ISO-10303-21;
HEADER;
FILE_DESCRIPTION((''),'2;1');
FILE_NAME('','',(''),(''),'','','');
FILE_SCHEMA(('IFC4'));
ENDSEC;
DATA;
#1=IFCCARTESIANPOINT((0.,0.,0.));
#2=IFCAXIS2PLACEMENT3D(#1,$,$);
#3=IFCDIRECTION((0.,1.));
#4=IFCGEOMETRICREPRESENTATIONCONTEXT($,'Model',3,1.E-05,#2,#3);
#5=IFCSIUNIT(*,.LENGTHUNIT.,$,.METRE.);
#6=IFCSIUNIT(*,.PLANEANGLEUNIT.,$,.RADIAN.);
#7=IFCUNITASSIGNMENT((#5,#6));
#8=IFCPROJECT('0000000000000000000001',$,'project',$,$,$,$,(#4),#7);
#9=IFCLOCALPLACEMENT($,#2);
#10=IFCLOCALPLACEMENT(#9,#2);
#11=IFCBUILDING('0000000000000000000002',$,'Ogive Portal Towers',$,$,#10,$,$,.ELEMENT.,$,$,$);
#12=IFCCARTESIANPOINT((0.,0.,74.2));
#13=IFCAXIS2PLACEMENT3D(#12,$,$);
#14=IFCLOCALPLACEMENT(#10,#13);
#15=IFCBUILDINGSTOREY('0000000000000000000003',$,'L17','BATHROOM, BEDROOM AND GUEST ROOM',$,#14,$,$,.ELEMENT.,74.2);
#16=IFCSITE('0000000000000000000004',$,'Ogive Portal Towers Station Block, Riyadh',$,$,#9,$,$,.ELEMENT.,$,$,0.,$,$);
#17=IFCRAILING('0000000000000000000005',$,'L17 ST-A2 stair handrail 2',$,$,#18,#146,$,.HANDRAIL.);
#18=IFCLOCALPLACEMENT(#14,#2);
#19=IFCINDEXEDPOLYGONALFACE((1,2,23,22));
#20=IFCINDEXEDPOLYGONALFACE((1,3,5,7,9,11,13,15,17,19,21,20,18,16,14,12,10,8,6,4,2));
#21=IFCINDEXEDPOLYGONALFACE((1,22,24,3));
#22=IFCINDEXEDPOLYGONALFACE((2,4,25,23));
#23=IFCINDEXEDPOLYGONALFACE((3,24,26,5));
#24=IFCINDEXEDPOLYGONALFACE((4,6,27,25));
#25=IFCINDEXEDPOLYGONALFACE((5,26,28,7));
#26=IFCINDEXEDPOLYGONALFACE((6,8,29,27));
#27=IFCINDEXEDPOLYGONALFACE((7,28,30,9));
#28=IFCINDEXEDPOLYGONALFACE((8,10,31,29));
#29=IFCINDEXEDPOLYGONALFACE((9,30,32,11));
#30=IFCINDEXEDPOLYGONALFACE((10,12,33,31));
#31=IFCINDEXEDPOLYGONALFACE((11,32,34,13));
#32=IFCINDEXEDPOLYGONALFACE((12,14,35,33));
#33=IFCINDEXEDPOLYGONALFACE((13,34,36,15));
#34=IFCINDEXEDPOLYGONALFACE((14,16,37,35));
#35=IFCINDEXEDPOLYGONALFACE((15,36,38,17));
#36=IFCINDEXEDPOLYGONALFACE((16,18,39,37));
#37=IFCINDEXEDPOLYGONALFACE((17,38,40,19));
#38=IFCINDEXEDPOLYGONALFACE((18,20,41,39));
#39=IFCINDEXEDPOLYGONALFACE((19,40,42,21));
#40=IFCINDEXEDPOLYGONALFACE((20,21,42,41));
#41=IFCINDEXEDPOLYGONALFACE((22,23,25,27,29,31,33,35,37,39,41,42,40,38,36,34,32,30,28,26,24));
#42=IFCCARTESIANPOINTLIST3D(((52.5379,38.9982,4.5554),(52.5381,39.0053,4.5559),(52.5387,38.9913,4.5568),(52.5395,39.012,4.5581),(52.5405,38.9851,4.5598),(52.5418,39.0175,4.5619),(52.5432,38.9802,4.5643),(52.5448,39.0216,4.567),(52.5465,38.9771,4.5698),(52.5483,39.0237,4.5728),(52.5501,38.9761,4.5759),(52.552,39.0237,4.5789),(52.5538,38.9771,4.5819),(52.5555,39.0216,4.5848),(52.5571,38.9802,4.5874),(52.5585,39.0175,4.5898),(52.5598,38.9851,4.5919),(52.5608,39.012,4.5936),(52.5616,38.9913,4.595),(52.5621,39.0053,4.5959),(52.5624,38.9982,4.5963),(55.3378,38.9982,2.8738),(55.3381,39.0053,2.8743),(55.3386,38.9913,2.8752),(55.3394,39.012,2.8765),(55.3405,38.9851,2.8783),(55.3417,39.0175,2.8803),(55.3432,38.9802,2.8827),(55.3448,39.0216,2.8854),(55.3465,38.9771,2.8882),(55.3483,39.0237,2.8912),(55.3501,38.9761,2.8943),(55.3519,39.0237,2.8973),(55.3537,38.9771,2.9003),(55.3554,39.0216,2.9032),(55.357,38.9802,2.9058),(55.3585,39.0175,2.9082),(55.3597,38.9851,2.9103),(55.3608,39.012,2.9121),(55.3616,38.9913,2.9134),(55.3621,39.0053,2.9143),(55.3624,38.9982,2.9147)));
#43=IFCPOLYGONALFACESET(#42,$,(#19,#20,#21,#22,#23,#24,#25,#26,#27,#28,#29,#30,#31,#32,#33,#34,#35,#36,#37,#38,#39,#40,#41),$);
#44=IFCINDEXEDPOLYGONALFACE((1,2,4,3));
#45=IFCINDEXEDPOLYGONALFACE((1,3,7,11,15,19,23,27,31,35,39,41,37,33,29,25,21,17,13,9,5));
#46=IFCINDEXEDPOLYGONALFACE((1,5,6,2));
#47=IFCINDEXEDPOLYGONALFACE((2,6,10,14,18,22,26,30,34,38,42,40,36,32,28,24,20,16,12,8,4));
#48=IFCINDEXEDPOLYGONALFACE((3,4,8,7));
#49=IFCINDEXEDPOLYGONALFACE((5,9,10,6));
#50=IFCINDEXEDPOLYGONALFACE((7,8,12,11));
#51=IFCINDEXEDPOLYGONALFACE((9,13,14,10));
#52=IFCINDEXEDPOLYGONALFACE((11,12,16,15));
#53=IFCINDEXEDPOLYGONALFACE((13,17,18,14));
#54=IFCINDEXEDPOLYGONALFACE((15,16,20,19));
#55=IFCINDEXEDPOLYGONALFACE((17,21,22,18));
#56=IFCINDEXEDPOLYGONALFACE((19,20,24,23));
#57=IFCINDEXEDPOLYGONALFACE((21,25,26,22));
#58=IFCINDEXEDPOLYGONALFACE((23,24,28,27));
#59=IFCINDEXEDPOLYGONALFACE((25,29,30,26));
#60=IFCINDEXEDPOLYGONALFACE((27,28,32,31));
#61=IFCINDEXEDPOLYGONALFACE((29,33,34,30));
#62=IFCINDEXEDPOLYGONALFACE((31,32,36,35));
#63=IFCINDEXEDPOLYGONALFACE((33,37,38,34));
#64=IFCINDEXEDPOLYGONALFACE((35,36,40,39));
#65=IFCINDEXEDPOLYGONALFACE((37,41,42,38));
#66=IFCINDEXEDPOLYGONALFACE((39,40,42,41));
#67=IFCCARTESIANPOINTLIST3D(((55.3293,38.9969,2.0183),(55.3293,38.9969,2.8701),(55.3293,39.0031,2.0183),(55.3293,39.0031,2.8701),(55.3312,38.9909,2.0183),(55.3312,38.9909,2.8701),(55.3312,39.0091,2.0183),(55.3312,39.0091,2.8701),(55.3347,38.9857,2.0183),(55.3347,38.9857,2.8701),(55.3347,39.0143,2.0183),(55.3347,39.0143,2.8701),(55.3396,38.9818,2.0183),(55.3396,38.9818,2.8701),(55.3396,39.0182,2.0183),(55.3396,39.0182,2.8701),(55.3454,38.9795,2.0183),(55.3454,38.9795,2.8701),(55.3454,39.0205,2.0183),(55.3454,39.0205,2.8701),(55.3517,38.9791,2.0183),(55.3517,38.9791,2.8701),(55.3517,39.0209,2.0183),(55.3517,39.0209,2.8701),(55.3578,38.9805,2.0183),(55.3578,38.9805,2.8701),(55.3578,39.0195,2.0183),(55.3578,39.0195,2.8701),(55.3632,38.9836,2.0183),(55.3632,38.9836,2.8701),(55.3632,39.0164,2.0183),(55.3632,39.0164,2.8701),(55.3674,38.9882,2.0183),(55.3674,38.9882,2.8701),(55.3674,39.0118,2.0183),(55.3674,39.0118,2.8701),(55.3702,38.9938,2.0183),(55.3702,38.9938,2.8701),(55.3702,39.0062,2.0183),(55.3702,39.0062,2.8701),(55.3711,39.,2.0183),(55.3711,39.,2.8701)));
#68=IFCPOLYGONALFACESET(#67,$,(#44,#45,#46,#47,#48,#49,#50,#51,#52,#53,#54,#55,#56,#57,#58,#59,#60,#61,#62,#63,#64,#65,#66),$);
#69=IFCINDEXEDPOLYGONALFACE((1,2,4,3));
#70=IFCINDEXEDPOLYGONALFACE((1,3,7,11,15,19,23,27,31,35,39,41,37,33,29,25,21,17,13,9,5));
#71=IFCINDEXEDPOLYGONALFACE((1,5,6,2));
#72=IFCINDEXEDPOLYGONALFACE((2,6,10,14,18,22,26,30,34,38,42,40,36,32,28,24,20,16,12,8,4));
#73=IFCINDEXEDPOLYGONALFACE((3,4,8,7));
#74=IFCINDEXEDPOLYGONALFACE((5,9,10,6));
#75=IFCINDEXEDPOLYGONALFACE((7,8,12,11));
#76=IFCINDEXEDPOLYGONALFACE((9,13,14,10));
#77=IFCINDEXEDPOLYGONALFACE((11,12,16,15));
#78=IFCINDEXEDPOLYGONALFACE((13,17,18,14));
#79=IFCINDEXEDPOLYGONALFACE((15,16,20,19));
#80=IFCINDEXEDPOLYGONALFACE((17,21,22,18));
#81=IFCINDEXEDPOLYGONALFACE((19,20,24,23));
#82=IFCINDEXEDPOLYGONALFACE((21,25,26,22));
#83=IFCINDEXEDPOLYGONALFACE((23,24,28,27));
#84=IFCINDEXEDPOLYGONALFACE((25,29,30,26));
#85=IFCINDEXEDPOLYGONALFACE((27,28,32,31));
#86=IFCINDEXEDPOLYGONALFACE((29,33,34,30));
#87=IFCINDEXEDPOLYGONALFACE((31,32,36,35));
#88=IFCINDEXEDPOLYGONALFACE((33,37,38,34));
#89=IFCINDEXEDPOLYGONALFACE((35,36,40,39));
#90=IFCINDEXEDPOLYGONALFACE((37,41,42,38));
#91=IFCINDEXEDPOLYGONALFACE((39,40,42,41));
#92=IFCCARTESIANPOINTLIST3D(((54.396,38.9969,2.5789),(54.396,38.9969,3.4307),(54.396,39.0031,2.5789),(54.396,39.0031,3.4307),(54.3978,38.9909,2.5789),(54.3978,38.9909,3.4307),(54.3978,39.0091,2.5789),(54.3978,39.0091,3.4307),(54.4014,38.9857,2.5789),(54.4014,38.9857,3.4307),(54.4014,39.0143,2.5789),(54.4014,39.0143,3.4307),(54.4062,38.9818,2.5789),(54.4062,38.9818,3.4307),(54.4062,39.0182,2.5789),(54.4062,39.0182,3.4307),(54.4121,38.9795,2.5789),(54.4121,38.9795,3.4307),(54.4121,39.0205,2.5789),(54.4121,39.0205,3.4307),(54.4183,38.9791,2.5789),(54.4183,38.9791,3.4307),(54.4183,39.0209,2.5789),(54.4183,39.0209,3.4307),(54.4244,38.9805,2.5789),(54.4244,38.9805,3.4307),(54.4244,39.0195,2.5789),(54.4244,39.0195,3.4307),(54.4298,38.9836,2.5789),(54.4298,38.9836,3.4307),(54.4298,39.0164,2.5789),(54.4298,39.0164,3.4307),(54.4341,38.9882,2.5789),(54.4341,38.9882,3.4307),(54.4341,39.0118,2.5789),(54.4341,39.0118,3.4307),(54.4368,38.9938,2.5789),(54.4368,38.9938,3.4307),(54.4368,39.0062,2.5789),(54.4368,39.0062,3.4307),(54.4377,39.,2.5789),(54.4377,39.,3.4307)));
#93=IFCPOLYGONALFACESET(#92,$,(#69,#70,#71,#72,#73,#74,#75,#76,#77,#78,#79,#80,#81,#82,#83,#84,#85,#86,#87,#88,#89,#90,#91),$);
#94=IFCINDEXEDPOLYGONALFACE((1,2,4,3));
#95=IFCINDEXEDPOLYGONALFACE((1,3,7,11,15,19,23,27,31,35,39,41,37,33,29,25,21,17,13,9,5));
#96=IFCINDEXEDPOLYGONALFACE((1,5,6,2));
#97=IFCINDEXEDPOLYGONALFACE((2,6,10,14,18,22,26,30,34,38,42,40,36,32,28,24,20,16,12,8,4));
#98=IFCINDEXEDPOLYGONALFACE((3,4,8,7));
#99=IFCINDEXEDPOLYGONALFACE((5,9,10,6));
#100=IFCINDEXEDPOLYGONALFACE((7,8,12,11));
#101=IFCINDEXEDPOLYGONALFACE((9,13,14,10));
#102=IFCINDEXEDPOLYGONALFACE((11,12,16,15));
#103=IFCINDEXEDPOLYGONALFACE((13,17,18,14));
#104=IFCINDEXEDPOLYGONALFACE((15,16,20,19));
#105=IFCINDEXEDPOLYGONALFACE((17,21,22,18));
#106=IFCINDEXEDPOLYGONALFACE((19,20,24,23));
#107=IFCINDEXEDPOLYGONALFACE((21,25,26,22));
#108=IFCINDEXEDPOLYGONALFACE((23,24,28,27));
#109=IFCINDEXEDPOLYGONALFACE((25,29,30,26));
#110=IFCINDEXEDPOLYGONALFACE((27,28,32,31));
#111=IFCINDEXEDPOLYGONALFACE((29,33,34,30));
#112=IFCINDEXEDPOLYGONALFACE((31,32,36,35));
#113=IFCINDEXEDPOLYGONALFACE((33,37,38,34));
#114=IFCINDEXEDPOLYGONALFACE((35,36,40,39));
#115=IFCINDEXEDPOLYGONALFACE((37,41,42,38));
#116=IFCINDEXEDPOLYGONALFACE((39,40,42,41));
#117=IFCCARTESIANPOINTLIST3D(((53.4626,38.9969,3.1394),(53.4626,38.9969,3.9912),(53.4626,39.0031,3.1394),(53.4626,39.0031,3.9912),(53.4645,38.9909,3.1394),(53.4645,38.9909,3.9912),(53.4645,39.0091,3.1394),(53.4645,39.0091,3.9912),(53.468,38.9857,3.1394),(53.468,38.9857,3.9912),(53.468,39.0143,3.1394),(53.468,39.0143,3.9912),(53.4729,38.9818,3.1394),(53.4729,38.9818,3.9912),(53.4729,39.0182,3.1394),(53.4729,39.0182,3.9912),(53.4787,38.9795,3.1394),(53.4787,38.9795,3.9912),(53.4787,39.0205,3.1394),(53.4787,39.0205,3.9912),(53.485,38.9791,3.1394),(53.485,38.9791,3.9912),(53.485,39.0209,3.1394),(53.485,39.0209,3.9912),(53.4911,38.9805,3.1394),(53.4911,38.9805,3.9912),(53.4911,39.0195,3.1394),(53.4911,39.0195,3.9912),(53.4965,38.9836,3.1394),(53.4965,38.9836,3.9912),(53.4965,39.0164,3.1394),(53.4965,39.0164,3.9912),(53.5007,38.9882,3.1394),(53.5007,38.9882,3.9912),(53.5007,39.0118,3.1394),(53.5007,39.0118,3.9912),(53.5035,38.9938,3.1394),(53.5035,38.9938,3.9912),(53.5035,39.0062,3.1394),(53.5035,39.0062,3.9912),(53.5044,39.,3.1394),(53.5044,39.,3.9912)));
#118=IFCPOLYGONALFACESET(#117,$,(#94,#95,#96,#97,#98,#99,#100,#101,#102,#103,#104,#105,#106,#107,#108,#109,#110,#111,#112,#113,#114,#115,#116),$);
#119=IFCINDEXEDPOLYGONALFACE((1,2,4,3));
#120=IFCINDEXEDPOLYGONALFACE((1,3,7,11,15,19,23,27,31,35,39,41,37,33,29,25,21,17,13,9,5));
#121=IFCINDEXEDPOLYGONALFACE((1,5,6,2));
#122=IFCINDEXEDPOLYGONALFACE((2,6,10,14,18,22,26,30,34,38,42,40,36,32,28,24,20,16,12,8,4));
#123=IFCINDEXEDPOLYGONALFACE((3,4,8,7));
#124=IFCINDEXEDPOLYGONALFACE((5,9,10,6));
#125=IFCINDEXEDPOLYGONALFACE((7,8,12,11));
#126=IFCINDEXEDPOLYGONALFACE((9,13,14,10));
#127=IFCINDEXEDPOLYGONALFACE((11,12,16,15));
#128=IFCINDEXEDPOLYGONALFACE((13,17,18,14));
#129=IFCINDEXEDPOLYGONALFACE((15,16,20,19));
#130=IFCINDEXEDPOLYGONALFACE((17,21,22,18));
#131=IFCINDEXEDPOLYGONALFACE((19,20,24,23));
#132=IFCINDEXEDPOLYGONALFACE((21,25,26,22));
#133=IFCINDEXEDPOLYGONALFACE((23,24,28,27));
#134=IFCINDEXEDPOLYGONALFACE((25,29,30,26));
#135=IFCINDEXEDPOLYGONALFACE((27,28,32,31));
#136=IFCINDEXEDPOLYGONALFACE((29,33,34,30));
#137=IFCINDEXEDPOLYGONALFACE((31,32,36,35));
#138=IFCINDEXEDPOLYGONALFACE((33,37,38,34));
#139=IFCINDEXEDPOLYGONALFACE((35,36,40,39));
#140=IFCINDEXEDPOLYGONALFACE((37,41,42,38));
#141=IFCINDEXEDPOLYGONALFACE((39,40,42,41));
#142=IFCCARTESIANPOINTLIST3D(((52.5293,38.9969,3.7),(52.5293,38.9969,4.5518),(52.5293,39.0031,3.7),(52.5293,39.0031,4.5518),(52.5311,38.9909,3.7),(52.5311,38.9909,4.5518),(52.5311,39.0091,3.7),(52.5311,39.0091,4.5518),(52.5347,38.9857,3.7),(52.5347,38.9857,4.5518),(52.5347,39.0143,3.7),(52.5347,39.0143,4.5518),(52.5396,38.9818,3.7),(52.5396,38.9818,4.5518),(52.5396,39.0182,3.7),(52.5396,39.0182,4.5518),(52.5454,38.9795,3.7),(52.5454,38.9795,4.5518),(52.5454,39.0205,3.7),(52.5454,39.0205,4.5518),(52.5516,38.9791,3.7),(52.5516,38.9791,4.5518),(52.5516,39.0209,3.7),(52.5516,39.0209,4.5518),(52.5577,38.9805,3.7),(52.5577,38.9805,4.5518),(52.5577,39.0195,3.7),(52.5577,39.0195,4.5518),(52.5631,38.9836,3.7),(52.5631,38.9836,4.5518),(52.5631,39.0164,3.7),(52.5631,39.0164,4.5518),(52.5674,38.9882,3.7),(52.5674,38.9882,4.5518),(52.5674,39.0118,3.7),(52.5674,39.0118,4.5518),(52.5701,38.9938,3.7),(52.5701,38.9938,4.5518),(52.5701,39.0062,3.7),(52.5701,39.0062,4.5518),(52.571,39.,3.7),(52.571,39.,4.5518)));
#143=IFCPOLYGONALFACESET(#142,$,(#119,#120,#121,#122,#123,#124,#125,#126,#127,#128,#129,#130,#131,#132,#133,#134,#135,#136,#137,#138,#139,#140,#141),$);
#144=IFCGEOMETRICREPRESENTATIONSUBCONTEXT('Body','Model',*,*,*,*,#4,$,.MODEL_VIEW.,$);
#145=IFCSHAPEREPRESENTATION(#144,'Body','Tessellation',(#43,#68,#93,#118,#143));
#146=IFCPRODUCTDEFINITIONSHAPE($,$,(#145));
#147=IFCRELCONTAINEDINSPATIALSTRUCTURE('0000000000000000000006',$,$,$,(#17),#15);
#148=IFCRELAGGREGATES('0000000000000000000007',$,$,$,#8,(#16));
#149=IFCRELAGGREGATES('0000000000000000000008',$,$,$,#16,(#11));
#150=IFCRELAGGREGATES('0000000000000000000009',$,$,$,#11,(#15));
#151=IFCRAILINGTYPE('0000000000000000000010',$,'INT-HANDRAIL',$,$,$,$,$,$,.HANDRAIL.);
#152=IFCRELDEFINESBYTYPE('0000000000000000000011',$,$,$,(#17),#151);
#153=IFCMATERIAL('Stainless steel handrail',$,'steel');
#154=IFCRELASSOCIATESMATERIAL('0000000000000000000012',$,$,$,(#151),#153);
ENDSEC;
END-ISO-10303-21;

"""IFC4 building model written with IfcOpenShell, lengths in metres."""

from ifc_helpers import new_model, si_unit, direction, frame, origin, origin_2d, place, context, subcontext, project, spatial, circle, extrude, material, type_object, element, save


model = new_model("IFC4")

# Units and contexts
model_context = context("Model", 3, precision=1e-05, world=origin(), true_north=direction((0.0, 1.0)))
body_context = subcontext(model_context, "Body", "Model", "MODEL_VIEW")
ifc_project = project(units=[si_unit("LENGTHUNIT", "METRE"), si_unit("PLANEANGLEUNIT", "RADIAN")], contexts=[model_context])

# Site, building, storey
site_placement = place(None, origin())
site = spatial("IfcSite", under=ifc_project, at=site_placement, Name="Ogive Portal Towers Station Block, Riyadh", CompositionType="ELEMENT", RefElevation=0.0)
building_placement = place(site_placement, origin())
building = spatial("IfcBuilding", under=site, at=building_placement, Name="Ogive Portal Towers", CompositionType="ELEMENT")
storey_placement = place(building_placement, frame((0.0, 0.0, 74.2)))
storey = spatial("IfcBuildingStorey", under=building, at=storey_placement, Name="L17", Description="BATHROOM, BEDROOM AND GUEST ROOM", CompositionType="ELEMENT", Elevation=74.2)

# Railing
ifc_material_1 = material(Name="Stainless steel handrail", Category="steel")
railing_type_1 = type_object("IfcRailingType", Name="INT-HANDRAIL", PredefinedType="HANDRAIL", material=ifc_material_1)
railing_1_placement = place(storey_placement, frame((55.3501, 39.0, 2.0183)))
element("IfcRailing", 1, at=railing_1_placement, inside=storey, type_object=railing_type_1, Name="L17 ST-A2 stair handrail 2", PredefinedType="HANDRAIL", context=body_context, shape_type="SweptSolid", body=[
    extrude(circle(Radius=0.0239, at=origin_2d()), frame((0.0, 0.0, 0.876), z_axis=(-0.857275, 0.0, 0.514858), x_axis=(0.0, -1.0, 0.0)), (0.0, 0.0, 1.0), 3.2661),
    extrude(circle(Radius=0.021, at=origin_2d()), origin(), (0.0, 0.0, 1.0), 0.8518),
    extrude(circle(Radius=0.021, at=origin_2d()), frame((-0.9333, 0.0, 0.5605)), (0.0, 0.0, 1.0), 0.8518),
    extrude(circle(Radius=0.021, at=origin_2d()), frame((-1.8667, 0.0, 1.1211)), (0.0, 0.0, 1.0), 0.8518),
    extrude(circle(Radius=0.021, at=origin_2d()), frame((-2.8, 0.0, 1.6816)), (0.0, 0.0, 1.0), 0.8518),
])

save(model, "model.ifc")
